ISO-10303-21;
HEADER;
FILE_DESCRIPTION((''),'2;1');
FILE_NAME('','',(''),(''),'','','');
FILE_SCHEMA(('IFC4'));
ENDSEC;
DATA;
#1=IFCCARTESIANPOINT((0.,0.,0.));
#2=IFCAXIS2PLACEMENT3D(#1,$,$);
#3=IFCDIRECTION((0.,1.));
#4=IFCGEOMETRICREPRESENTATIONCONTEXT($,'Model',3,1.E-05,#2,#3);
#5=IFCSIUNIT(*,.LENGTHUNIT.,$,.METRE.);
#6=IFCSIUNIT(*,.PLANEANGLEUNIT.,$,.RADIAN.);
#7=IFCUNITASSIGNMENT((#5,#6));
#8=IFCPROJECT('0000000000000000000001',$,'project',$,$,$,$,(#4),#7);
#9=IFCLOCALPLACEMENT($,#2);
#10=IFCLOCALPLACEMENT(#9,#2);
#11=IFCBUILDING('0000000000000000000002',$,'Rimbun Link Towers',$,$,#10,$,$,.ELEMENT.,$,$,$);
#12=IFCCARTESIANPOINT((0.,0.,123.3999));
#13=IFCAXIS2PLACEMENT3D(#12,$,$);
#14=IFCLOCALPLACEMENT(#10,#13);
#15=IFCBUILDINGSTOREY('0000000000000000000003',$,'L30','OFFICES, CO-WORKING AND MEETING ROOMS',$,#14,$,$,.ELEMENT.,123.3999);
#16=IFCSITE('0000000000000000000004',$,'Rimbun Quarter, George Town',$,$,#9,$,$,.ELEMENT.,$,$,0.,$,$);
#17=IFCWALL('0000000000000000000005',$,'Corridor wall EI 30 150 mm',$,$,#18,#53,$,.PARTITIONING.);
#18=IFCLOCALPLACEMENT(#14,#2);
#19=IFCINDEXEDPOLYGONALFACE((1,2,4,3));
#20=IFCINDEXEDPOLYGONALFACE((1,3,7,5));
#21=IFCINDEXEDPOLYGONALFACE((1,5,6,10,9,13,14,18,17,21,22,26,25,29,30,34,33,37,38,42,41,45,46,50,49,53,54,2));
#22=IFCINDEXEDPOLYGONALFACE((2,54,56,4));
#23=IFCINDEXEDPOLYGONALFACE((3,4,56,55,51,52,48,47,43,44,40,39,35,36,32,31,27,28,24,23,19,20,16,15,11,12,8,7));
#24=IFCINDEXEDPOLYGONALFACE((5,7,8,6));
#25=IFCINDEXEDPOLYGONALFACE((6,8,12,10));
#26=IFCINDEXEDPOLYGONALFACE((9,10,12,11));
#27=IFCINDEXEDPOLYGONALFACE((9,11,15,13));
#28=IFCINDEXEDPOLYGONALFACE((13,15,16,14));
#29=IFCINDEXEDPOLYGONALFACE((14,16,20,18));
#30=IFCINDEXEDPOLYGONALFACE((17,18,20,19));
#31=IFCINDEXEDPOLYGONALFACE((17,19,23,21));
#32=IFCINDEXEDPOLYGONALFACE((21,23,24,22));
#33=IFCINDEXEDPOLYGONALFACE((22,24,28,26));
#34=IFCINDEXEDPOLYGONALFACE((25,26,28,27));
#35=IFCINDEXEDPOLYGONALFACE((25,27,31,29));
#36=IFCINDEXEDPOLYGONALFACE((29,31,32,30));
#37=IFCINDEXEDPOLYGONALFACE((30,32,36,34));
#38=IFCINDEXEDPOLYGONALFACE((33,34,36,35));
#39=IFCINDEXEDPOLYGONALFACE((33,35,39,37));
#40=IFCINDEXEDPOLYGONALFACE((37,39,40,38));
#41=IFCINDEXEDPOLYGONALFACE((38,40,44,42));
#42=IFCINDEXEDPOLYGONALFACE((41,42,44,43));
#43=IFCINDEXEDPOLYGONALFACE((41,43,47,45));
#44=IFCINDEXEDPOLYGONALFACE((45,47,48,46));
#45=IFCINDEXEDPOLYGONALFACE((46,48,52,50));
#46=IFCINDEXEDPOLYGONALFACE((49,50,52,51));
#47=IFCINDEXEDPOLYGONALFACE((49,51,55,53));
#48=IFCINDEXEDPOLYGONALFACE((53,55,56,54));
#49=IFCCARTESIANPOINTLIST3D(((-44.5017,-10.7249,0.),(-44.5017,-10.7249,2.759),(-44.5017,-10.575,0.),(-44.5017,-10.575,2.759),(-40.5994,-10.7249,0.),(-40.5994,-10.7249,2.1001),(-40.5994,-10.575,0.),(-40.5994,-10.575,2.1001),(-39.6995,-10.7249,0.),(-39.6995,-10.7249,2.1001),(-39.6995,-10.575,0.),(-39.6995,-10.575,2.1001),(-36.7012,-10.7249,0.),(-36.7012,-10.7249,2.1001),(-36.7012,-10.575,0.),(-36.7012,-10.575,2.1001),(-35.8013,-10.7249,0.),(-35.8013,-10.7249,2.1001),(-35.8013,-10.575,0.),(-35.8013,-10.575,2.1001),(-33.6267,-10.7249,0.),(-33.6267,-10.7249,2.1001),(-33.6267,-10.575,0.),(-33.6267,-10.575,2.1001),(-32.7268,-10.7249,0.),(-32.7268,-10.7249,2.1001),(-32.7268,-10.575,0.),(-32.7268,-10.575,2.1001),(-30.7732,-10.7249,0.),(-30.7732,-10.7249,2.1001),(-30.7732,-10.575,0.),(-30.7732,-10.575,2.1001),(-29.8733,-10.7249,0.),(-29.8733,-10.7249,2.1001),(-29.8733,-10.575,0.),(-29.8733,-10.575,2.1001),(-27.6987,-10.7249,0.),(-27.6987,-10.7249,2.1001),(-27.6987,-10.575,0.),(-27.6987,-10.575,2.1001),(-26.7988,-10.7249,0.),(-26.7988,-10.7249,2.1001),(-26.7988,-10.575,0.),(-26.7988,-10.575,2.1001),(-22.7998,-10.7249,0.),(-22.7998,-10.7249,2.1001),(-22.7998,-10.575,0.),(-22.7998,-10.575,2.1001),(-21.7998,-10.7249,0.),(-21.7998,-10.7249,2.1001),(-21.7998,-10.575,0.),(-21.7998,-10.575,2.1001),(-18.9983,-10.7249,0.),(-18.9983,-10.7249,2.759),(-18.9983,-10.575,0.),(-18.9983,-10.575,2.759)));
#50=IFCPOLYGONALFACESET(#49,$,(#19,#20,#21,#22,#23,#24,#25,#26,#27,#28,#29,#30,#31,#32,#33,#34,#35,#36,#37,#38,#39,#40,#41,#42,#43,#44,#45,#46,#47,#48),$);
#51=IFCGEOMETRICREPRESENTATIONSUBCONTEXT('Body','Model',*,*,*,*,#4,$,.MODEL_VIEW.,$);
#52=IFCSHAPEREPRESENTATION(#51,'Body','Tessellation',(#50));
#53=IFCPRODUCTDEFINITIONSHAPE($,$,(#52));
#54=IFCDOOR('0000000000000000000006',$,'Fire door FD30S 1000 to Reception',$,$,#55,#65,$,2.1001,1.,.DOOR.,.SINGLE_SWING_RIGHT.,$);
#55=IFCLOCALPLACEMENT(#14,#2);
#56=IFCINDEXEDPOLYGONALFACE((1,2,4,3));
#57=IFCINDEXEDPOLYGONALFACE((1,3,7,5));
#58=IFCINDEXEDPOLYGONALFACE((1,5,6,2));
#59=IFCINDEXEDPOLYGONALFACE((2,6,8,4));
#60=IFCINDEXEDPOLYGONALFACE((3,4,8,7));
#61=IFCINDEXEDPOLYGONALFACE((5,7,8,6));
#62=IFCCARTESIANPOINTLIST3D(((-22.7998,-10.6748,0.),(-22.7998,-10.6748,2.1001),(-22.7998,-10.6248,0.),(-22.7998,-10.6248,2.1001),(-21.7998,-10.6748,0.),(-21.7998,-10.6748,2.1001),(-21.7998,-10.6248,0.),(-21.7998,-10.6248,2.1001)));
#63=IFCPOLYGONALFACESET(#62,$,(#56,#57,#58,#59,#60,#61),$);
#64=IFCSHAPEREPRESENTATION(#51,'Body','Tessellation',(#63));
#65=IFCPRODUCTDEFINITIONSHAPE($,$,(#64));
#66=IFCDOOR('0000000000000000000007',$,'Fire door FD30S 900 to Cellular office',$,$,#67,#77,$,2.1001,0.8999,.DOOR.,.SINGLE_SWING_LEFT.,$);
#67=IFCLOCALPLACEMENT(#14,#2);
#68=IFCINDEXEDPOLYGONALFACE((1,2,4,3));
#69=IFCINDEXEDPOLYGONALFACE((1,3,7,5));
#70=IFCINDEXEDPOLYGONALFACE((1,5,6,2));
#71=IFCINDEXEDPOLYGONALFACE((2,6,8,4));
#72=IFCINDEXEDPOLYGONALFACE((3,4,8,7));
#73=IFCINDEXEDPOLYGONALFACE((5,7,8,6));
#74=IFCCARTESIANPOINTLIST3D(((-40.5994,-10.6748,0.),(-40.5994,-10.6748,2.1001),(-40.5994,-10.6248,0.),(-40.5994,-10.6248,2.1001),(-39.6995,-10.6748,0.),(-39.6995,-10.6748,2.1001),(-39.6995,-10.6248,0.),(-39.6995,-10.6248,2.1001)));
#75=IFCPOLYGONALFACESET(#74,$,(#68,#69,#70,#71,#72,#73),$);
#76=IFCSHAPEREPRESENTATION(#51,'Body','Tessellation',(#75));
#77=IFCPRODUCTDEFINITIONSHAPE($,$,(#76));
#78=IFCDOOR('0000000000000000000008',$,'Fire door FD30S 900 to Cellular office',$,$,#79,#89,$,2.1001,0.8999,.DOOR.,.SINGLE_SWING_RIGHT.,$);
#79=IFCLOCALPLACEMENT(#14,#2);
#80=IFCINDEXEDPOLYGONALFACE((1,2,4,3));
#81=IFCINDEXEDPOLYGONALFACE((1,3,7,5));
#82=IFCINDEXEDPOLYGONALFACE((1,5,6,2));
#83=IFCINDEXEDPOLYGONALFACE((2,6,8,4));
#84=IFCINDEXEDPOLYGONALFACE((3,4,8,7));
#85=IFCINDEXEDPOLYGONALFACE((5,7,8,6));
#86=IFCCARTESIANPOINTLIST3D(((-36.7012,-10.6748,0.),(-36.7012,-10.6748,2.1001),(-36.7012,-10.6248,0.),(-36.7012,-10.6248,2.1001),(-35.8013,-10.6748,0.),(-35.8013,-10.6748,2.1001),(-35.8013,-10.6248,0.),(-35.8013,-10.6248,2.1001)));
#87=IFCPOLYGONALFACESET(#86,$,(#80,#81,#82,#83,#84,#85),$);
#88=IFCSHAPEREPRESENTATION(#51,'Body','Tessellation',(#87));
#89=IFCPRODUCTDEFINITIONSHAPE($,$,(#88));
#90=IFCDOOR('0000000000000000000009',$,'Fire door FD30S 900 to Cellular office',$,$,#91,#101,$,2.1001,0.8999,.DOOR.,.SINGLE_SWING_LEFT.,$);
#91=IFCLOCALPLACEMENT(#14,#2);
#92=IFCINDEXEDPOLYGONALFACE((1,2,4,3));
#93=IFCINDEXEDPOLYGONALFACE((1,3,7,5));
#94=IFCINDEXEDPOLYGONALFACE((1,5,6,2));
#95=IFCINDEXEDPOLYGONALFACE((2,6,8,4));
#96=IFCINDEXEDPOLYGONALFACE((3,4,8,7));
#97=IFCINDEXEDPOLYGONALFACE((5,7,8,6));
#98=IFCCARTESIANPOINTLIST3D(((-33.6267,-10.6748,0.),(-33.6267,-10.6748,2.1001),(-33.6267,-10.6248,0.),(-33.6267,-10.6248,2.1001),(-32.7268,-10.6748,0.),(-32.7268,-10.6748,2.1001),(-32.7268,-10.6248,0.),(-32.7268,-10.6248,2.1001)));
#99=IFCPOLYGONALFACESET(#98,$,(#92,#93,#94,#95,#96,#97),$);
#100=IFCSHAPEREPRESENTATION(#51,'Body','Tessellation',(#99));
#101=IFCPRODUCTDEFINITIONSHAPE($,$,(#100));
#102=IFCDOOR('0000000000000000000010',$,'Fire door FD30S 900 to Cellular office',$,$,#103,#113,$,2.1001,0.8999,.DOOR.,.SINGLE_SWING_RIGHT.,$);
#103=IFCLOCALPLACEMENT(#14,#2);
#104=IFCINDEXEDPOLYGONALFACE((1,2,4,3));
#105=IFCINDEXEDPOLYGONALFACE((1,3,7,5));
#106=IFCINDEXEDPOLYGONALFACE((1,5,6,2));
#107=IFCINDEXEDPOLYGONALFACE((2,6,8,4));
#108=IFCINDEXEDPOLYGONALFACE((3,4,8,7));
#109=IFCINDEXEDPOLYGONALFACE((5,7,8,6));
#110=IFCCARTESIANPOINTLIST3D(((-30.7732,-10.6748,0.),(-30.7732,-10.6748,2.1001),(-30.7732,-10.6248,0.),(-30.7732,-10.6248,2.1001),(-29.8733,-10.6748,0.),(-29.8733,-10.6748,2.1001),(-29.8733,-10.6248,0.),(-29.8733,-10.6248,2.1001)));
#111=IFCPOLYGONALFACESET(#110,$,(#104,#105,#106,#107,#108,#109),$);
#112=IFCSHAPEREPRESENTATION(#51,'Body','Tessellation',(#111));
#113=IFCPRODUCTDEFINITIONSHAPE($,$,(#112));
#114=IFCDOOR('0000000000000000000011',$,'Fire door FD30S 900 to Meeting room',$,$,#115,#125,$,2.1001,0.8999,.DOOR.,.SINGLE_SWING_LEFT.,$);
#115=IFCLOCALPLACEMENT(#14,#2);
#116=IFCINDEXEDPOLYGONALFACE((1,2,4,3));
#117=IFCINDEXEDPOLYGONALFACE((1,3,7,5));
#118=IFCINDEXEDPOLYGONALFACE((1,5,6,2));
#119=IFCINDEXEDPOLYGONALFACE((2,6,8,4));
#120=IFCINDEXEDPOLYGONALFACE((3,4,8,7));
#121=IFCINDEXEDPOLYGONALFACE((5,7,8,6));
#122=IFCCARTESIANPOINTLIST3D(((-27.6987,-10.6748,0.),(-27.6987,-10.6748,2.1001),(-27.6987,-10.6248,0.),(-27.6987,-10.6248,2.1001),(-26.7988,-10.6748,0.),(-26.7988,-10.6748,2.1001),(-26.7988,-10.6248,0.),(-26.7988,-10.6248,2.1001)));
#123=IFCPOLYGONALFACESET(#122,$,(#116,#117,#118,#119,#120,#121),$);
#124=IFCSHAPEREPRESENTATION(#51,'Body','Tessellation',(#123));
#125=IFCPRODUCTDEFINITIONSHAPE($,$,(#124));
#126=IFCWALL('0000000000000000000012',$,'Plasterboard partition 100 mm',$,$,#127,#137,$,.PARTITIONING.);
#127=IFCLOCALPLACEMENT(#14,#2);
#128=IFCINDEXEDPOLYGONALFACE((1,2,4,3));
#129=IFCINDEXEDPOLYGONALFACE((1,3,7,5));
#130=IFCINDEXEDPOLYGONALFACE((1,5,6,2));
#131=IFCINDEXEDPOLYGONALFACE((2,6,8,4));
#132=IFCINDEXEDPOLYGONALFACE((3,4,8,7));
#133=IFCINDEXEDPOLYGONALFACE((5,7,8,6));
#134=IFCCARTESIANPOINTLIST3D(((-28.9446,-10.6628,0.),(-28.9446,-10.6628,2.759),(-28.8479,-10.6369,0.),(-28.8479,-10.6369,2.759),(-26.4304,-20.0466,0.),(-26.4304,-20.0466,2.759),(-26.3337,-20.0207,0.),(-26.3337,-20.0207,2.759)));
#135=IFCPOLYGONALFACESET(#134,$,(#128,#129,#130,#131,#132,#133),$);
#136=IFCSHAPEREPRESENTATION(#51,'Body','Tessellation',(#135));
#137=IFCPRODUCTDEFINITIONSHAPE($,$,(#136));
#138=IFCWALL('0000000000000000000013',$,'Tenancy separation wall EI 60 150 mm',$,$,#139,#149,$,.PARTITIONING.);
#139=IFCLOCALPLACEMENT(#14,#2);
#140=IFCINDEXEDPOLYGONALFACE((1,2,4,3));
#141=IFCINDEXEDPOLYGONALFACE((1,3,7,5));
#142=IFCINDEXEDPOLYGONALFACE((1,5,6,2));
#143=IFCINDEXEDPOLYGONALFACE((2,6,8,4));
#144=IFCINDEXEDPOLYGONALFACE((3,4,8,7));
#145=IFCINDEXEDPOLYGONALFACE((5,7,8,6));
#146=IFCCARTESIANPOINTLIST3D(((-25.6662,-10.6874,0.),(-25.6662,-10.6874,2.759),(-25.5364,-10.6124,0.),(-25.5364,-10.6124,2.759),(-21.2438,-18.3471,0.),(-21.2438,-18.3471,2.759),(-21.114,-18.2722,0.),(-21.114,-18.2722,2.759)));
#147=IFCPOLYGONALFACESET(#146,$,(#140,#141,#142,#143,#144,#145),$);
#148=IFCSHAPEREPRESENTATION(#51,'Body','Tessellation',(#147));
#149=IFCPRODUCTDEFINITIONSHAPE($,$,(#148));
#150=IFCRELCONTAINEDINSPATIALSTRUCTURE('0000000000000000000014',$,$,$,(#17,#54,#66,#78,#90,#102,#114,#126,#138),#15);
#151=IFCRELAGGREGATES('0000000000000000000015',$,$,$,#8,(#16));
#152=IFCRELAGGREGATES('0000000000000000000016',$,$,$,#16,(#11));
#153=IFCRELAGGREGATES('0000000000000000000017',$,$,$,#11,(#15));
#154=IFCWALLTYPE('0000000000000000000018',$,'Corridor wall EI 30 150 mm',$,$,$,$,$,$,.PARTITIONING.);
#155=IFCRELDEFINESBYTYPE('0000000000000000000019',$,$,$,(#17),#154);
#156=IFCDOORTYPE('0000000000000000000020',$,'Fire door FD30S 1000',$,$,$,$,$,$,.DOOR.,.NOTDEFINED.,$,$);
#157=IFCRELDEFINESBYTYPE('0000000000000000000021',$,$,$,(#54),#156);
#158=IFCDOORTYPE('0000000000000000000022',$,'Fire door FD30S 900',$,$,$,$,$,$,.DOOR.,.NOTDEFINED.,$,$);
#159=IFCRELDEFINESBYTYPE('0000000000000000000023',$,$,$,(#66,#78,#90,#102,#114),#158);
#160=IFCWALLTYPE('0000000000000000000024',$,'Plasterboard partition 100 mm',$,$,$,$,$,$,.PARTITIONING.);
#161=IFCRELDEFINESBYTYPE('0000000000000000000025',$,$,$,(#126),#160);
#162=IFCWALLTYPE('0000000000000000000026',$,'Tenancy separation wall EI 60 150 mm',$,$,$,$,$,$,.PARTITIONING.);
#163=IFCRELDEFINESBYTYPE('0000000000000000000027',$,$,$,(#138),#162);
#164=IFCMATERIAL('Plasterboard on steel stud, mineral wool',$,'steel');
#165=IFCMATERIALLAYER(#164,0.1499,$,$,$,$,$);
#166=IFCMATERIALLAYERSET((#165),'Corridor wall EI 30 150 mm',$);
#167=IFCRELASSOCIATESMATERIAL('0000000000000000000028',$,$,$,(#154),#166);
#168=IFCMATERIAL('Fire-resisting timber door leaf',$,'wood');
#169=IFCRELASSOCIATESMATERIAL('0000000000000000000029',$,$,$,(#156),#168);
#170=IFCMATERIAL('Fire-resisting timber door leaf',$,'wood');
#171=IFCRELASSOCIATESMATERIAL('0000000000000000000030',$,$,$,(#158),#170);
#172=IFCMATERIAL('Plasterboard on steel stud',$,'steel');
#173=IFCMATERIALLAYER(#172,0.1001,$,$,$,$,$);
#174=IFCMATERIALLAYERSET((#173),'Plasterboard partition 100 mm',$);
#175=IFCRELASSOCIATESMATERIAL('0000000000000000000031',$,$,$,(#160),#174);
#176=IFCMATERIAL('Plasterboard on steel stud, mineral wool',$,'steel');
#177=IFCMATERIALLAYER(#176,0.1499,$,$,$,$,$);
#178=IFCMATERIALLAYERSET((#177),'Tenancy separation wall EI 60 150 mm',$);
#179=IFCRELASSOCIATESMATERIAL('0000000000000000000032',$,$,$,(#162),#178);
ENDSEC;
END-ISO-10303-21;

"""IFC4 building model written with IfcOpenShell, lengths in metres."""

from ifc_helpers import new_model, si_unit, direction, frame, frame_2d, origin, place, context, subcontext, project, spatial, rectangle, extrude, material, layer, layer_set, type_object, element, fill, save


model = new_model("IFC4")

# Units and contexts
model_context = context("Model", 3, precision=1e-05, world=origin(), true_north=direction((0.0, 1.0)))
body_context = subcontext(model_context, "Body", "Model", "MODEL_VIEW")
ifc_project = project(units=[si_unit("LENGTHUNIT", "METRE"), si_unit("PLANEANGLEUNIT", "RADIAN")], contexts=[model_context])

# Site, building, storey
site_placement = place(None, origin())
site = spatial("IfcSite", under=ifc_project, at=site_placement, Name="Rimbun Quarter, George Town", CompositionType="ELEMENT", RefElevation=0.0)
building_placement = place(site_placement, origin())
building = spatial("IfcBuilding", under=site, at=building_placement, Name="Rimbun Link Towers", CompositionType="ELEMENT")
storey_placement = place(building_placement, frame((0.0, 0.0, 123.3999)))
storey = spatial("IfcBuildingStorey", under=building, at=storey_placement, Name="L30", Description="OFFICES, CO-WORKING AND MEETING ROOMS", CompositionType="ELEMENT", Elevation=123.3999)

# Shared definitions
ifc_material_1 = material(Name="Plasterboard on steel stud, mineral wool", Category="steel")
ifc_layer_1 = layer(ifc_material_1, 0.1499)
ifc_layer_set_1 = layer_set([ifc_layer_1], Name="Corridor wall EI 30 150 mm")
wall_type_1 = type_object("IfcWallType", Name="Corridor wall EI 30 150 mm", PredefinedType="PARTITIONING", material=ifc_layer_set_1)

# Wall, openings, doors
wall_1_placement = place(storey_placement, frame((-18.9983, -10.6499, 0.0), z_axis=(0.0, 0.0, 1.0), x_axis=(-1.0, 0.0, 0.0)))
wall_1 = element("IfcWall", 1, at=wall_1_placement, inside=storey, type_object=wall_type_1, Name="Corridor wall EI 30 150 mm", PredefinedType="PARTITIONING", context=body_context, shape_type="SweptSolid", body=[
    extrude(rectangle(XDim=25.5034, YDim=0.1499, at=frame_2d((12.7517, 0.0))), origin(), (0.0, 0.0, 1.0), 2.759),
])
opening_1_placement = place(wall_1_placement, frame((20.7012, 0.0, 0.0)))
opening_1 = element("IfcOpeningElement", 2, at=opening_1_placement, cuts=wall_1, PredefinedType="OPENING", context=body_context, shape_type="SweptSolid", body=[
    extrude(rectangle(XDim=0.8999, YDim=2.1001, at=frame_2d((0.45, 1.05))), frame((0.0, 0.085, 0.0), z_axis=(0.0, -1.0, 0.0), x_axis=(1.0, 0.0, 0.0)), (0.0, 0.0, 1.0), 0.1699),
])
opening_2_placement = place(wall_1_placement, frame((16.803, 0.0, 0.0)))
opening_2 = element("IfcOpeningElement", 3, at=opening_2_placement, cuts=wall_1, PredefinedType="OPENING", context=body_context, shape_type="SweptSolid", body=[
    extrude(rectangle(XDim=0.8999, YDim=2.1001, at=frame_2d((0.45, 1.05))), frame((0.0, 0.085, 0.0), z_axis=(0.0, -1.0, 0.0), x_axis=(1.0, 0.0, 0.0)), (0.0, 0.0, 1.0), 0.1699),
])
opening_3_placement = place(wall_1_placement, frame((13.7285, 0.0, 0.0)))
opening_3 = element("IfcOpeningElement", 4, at=opening_3_placement, cuts=wall_1, PredefinedType="OPENING", context=body_context, shape_type="SweptSolid", body=[
    extrude(rectangle(XDim=0.8999, YDim=2.1001, at=frame_2d((0.45, 1.05))), frame((0.0, 0.085, 0.0), z_axis=(0.0, -1.0, 0.0), x_axis=(1.0, 0.0, 0.0)), (0.0, 0.0, 1.0), 0.1699),
])
opening_4_placement = place(wall_1_placement, frame((10.875, 0.0, 0.0)))
opening_4 = element("IfcOpeningElement", 5, at=opening_4_placement, cuts=wall_1, PredefinedType="OPENING", context=body_context, shape_type="SweptSolid", body=[
    extrude(rectangle(XDim=0.8999, YDim=2.1001, at=frame_2d((0.45, 1.05))), frame((0.0, 0.085, 0.0), z_axis=(0.0, -1.0, 0.0), x_axis=(1.0, 0.0, 0.0)), (0.0, 0.0, 1.0), 0.1699),
])
opening_5_placement = place(wall_1_placement, frame((7.8005, 0.0, 0.0)))
opening_5 = element("IfcOpeningElement", 6, at=opening_5_placement, cuts=wall_1, PredefinedType="OPENING", context=body_context, shape_type="SweptSolid", body=[
    extrude(rectangle(XDim=0.8999, YDim=2.1001, at=frame_2d((0.45, 1.05))), frame((0.0, 0.085, 0.0), z_axis=(0.0, -1.0, 0.0), x_axis=(1.0, 0.0, 0.0)), (0.0, 0.0, 1.0), 0.1699),
])
opening_6_placement = place(wall_1_placement, frame((2.8015, 0.0, 0.0)))
opening_6 = element("IfcOpeningElement", 7, at=opening_6_placement, cuts=wall_1, PredefinedType="OPENING", context=body_context, shape_type="SweptSolid", body=[
    extrude(rectangle(XDim=1.0, YDim=2.1001, at=frame_2d((0.5, 1.05))), frame((0.0, 0.085, 0.0), z_axis=(0.0, -1.0, 0.0), x_axis=(1.0, 0.0, 0.0)), (0.0, 0.0, 1.0), 0.1699),
])
ifc_material_2 = material(Name="Fire-resisting timber door leaf", Category="wood")
door_type_1 = type_object("IfcDoorType", Name="Fire door FD30S 1000", OperationType="NOTDEFINED", PredefinedType="DOOR", material=ifc_material_2)
door_1_placement = place(opening_6_placement, origin())
door_1 = element("IfcDoor", 8, at=door_1_placement, inside=storey, type_object=door_type_1, Name="Fire door FD30S 1000 to Reception", OperationType="SINGLE_SWING_RIGHT", OverallHeight=2.1001, OverallWidth=1.0, PredefinedType="DOOR", context=body_context, shape_type="SweptSolid", body=[
    extrude(rectangle(XDim=1.0, YDim=2.1001, at=frame_2d((0.5, 1.05))), frame((0.0, 0.0249, 0.0), z_axis=(0.0, -1.0, 0.0), x_axis=(1.0, 0.0, 0.0)), (0.0, 0.0, 1.0), 0.05),
])
fill(opening_6, door_1)
ifc_material_3 = material(Name="Fire-resisting timber door leaf", Category="wood")
door_type_2 = type_object("IfcDoorType", Name="Fire door FD30S 900", OperationType="NOTDEFINED", PredefinedType="DOOR", material=ifc_material_3)
door_2_placement = place(opening_1_placement, origin())
door_2 = element("IfcDoor", 9, at=door_2_placement, inside=storey, type_object=door_type_2, Name="Fire door FD30S 900 to Cellular office", OperationType="SINGLE_SWING_LEFT", OverallHeight=2.1001, OverallWidth=0.8999, PredefinedType="DOOR", context=body_context, shape_type="SweptSolid", body=[
    extrude(rectangle(XDim=0.8999, YDim=2.1001, at=frame_2d((0.45, 1.05))), frame((0.0, 0.0249, 0.0), z_axis=(0.0, -1.0, 0.0), x_axis=(1.0, 0.0, 0.0)), (0.0, 0.0, 1.0), 0.05),
])
fill(opening_1, door_2)
door_3_placement = place(opening_2_placement, origin())
door_3 = element("IfcDoor", 10, at=door_3_placement, inside=storey, type_object=door_type_2, Name="Fire door FD30S 900 to Cellular office", OperationType="SINGLE_SWING_RIGHT", OverallHeight=2.1001, OverallWidth=0.8999, PredefinedType="DOOR", context=body_context, shape_type="SweptSolid", body=[
    extrude(rectangle(XDim=0.8999, YDim=2.1001, at=frame_2d((0.45, 1.05))), frame((0.0, 0.0249, 0.0), z_axis=(0.0, -1.0, 0.0), x_axis=(1.0, 0.0, 0.0)), (0.0, 0.0, 1.0), 0.05),
])
fill(opening_2, door_3)
door_4_placement = place(opening_3_placement, origin())
door_4 = element("IfcDoor", 11, at=door_4_placement, inside=storey, type_object=door_type_2, Name="Fire door FD30S 900 to Cellular office", OperationType="SINGLE_SWING_LEFT", OverallHeight=2.1001, OverallWidth=0.8999, PredefinedType="DOOR", context=body_context, shape_type="SweptSolid", body=[
    extrude(rectangle(XDim=0.8999, YDim=2.1001, at=frame_2d((0.45, 1.05))), frame((0.0, 0.0249, 0.0), z_axis=(0.0, -1.0, 0.0), x_axis=(1.0, 0.0, 0.0)), (0.0, 0.0, 1.0), 0.05),
])
fill(opening_3, door_4)
door_5_placement = place(opening_4_placement, origin())
door_5 = element("IfcDoor", 12, at=door_5_placement, inside=storey, type_object=door_type_2, Name="Fire door FD30S 900 to Cellular office", OperationType="SINGLE_SWING_RIGHT", OverallHeight=2.1001, OverallWidth=0.8999, PredefinedType="DOOR", context=body_context, shape_type="SweptSolid", body=[
    extrude(rectangle(XDim=0.8999, YDim=2.1001, at=frame_2d((0.45, 1.05))), frame((0.0, 0.0249, 0.0), z_axis=(0.0, -1.0, 0.0), x_axis=(1.0, 0.0, 0.0)), (0.0, 0.0, 1.0), 0.05),
])
fill(opening_4, door_5)
door_6_placement = place(opening_5_placement, origin())
door_6 = element("IfcDoor", 13, at=door_6_placement, inside=storey, type_object=door_type_2, Name="Fire door FD30S 900 to Meeting room", OperationType="SINGLE_SWING_LEFT", OverallHeight=2.1001, OverallWidth=0.8999, PredefinedType="DOOR", context=body_context, shape_type="SweptSolid", body=[
    extrude(rectangle(XDim=0.8999, YDim=2.1001, at=frame_2d((0.45, 1.05))), frame((0.0, 0.0249, 0.0), z_axis=(0.0, -1.0, 0.0), x_axis=(1.0, 0.0, 0.0)), (0.0, 0.0, 1.0), 0.05),
])
fill(opening_5, door_6)

# Walls
ifc_material_4 = material(Name="Plasterboard on steel stud", Category="steel")
ifc_layer_2 = layer(ifc_material_4, 0.1001)
ifc_layer_set_2 = layer_set([ifc_layer_2], Name="Plasterboard partition 100 mm")
wall_type_2 = type_object("IfcWallType", Name="Plasterboard partition 100 mm", PredefinedType="PARTITIONING", material=ifc_layer_set_2)
wall_2_placement = place(storey_placement, frame((-26.3821, -20.0337, 0.0), z_axis=(0.0, 0.0, 1.0), x_axis=(-0.258798, 0.965931, 0.0)))
element("IfcWall", 14, at=wall_2_placement, inside=storey, type_object=wall_type_2, Name="Plasterboard partition 100 mm", PredefinedType="PARTITIONING", context=body_context, shape_type="SweptSolid", body=[
    extrude(rectangle(XDim=9.7148, YDim=0.1001, at=frame_2d((4.8574, 0.0))), origin(), (0.0, 0.0, 1.0), 2.759),
])
ifc_material_5 = material(Name="Plasterboard on steel stud, mineral wool", Category="steel")
ifc_layer_3 = layer(ifc_material_5, 0.1499)
ifc_layer_set_3 = layer_set([ifc_layer_3], Name="Tenancy separation wall EI 60 150 mm")
wall_type_3 = type_object("IfcWallType", Name="Tenancy separation wall EI 60 150 mm", PredefinedType="PARTITIONING", material=ifc_layer_set_3)
wall_3_placement = place(storey_placement, frame((-25.6013, -10.6499, 0.0), z_axis=(0.0, 0.0, 1.0), x_axis=(0.500004, -0.866023, 0.0)))
element("IfcWall", 15, at=wall_3_placement, inside=storey, type_object=wall_type_3, Name="Tenancy separation wall EI 60 150 mm", PredefinedType="PARTITIONING", context=body_context, shape_type="SweptSolid", body=[
    extrude(rectangle(XDim=8.8447, YDim=0.1499, at=frame_2d((4.4224, 0.0))), origin(), (0.0, 0.0, 1.0), 2.759),
])

save(model, "model.ifc")
